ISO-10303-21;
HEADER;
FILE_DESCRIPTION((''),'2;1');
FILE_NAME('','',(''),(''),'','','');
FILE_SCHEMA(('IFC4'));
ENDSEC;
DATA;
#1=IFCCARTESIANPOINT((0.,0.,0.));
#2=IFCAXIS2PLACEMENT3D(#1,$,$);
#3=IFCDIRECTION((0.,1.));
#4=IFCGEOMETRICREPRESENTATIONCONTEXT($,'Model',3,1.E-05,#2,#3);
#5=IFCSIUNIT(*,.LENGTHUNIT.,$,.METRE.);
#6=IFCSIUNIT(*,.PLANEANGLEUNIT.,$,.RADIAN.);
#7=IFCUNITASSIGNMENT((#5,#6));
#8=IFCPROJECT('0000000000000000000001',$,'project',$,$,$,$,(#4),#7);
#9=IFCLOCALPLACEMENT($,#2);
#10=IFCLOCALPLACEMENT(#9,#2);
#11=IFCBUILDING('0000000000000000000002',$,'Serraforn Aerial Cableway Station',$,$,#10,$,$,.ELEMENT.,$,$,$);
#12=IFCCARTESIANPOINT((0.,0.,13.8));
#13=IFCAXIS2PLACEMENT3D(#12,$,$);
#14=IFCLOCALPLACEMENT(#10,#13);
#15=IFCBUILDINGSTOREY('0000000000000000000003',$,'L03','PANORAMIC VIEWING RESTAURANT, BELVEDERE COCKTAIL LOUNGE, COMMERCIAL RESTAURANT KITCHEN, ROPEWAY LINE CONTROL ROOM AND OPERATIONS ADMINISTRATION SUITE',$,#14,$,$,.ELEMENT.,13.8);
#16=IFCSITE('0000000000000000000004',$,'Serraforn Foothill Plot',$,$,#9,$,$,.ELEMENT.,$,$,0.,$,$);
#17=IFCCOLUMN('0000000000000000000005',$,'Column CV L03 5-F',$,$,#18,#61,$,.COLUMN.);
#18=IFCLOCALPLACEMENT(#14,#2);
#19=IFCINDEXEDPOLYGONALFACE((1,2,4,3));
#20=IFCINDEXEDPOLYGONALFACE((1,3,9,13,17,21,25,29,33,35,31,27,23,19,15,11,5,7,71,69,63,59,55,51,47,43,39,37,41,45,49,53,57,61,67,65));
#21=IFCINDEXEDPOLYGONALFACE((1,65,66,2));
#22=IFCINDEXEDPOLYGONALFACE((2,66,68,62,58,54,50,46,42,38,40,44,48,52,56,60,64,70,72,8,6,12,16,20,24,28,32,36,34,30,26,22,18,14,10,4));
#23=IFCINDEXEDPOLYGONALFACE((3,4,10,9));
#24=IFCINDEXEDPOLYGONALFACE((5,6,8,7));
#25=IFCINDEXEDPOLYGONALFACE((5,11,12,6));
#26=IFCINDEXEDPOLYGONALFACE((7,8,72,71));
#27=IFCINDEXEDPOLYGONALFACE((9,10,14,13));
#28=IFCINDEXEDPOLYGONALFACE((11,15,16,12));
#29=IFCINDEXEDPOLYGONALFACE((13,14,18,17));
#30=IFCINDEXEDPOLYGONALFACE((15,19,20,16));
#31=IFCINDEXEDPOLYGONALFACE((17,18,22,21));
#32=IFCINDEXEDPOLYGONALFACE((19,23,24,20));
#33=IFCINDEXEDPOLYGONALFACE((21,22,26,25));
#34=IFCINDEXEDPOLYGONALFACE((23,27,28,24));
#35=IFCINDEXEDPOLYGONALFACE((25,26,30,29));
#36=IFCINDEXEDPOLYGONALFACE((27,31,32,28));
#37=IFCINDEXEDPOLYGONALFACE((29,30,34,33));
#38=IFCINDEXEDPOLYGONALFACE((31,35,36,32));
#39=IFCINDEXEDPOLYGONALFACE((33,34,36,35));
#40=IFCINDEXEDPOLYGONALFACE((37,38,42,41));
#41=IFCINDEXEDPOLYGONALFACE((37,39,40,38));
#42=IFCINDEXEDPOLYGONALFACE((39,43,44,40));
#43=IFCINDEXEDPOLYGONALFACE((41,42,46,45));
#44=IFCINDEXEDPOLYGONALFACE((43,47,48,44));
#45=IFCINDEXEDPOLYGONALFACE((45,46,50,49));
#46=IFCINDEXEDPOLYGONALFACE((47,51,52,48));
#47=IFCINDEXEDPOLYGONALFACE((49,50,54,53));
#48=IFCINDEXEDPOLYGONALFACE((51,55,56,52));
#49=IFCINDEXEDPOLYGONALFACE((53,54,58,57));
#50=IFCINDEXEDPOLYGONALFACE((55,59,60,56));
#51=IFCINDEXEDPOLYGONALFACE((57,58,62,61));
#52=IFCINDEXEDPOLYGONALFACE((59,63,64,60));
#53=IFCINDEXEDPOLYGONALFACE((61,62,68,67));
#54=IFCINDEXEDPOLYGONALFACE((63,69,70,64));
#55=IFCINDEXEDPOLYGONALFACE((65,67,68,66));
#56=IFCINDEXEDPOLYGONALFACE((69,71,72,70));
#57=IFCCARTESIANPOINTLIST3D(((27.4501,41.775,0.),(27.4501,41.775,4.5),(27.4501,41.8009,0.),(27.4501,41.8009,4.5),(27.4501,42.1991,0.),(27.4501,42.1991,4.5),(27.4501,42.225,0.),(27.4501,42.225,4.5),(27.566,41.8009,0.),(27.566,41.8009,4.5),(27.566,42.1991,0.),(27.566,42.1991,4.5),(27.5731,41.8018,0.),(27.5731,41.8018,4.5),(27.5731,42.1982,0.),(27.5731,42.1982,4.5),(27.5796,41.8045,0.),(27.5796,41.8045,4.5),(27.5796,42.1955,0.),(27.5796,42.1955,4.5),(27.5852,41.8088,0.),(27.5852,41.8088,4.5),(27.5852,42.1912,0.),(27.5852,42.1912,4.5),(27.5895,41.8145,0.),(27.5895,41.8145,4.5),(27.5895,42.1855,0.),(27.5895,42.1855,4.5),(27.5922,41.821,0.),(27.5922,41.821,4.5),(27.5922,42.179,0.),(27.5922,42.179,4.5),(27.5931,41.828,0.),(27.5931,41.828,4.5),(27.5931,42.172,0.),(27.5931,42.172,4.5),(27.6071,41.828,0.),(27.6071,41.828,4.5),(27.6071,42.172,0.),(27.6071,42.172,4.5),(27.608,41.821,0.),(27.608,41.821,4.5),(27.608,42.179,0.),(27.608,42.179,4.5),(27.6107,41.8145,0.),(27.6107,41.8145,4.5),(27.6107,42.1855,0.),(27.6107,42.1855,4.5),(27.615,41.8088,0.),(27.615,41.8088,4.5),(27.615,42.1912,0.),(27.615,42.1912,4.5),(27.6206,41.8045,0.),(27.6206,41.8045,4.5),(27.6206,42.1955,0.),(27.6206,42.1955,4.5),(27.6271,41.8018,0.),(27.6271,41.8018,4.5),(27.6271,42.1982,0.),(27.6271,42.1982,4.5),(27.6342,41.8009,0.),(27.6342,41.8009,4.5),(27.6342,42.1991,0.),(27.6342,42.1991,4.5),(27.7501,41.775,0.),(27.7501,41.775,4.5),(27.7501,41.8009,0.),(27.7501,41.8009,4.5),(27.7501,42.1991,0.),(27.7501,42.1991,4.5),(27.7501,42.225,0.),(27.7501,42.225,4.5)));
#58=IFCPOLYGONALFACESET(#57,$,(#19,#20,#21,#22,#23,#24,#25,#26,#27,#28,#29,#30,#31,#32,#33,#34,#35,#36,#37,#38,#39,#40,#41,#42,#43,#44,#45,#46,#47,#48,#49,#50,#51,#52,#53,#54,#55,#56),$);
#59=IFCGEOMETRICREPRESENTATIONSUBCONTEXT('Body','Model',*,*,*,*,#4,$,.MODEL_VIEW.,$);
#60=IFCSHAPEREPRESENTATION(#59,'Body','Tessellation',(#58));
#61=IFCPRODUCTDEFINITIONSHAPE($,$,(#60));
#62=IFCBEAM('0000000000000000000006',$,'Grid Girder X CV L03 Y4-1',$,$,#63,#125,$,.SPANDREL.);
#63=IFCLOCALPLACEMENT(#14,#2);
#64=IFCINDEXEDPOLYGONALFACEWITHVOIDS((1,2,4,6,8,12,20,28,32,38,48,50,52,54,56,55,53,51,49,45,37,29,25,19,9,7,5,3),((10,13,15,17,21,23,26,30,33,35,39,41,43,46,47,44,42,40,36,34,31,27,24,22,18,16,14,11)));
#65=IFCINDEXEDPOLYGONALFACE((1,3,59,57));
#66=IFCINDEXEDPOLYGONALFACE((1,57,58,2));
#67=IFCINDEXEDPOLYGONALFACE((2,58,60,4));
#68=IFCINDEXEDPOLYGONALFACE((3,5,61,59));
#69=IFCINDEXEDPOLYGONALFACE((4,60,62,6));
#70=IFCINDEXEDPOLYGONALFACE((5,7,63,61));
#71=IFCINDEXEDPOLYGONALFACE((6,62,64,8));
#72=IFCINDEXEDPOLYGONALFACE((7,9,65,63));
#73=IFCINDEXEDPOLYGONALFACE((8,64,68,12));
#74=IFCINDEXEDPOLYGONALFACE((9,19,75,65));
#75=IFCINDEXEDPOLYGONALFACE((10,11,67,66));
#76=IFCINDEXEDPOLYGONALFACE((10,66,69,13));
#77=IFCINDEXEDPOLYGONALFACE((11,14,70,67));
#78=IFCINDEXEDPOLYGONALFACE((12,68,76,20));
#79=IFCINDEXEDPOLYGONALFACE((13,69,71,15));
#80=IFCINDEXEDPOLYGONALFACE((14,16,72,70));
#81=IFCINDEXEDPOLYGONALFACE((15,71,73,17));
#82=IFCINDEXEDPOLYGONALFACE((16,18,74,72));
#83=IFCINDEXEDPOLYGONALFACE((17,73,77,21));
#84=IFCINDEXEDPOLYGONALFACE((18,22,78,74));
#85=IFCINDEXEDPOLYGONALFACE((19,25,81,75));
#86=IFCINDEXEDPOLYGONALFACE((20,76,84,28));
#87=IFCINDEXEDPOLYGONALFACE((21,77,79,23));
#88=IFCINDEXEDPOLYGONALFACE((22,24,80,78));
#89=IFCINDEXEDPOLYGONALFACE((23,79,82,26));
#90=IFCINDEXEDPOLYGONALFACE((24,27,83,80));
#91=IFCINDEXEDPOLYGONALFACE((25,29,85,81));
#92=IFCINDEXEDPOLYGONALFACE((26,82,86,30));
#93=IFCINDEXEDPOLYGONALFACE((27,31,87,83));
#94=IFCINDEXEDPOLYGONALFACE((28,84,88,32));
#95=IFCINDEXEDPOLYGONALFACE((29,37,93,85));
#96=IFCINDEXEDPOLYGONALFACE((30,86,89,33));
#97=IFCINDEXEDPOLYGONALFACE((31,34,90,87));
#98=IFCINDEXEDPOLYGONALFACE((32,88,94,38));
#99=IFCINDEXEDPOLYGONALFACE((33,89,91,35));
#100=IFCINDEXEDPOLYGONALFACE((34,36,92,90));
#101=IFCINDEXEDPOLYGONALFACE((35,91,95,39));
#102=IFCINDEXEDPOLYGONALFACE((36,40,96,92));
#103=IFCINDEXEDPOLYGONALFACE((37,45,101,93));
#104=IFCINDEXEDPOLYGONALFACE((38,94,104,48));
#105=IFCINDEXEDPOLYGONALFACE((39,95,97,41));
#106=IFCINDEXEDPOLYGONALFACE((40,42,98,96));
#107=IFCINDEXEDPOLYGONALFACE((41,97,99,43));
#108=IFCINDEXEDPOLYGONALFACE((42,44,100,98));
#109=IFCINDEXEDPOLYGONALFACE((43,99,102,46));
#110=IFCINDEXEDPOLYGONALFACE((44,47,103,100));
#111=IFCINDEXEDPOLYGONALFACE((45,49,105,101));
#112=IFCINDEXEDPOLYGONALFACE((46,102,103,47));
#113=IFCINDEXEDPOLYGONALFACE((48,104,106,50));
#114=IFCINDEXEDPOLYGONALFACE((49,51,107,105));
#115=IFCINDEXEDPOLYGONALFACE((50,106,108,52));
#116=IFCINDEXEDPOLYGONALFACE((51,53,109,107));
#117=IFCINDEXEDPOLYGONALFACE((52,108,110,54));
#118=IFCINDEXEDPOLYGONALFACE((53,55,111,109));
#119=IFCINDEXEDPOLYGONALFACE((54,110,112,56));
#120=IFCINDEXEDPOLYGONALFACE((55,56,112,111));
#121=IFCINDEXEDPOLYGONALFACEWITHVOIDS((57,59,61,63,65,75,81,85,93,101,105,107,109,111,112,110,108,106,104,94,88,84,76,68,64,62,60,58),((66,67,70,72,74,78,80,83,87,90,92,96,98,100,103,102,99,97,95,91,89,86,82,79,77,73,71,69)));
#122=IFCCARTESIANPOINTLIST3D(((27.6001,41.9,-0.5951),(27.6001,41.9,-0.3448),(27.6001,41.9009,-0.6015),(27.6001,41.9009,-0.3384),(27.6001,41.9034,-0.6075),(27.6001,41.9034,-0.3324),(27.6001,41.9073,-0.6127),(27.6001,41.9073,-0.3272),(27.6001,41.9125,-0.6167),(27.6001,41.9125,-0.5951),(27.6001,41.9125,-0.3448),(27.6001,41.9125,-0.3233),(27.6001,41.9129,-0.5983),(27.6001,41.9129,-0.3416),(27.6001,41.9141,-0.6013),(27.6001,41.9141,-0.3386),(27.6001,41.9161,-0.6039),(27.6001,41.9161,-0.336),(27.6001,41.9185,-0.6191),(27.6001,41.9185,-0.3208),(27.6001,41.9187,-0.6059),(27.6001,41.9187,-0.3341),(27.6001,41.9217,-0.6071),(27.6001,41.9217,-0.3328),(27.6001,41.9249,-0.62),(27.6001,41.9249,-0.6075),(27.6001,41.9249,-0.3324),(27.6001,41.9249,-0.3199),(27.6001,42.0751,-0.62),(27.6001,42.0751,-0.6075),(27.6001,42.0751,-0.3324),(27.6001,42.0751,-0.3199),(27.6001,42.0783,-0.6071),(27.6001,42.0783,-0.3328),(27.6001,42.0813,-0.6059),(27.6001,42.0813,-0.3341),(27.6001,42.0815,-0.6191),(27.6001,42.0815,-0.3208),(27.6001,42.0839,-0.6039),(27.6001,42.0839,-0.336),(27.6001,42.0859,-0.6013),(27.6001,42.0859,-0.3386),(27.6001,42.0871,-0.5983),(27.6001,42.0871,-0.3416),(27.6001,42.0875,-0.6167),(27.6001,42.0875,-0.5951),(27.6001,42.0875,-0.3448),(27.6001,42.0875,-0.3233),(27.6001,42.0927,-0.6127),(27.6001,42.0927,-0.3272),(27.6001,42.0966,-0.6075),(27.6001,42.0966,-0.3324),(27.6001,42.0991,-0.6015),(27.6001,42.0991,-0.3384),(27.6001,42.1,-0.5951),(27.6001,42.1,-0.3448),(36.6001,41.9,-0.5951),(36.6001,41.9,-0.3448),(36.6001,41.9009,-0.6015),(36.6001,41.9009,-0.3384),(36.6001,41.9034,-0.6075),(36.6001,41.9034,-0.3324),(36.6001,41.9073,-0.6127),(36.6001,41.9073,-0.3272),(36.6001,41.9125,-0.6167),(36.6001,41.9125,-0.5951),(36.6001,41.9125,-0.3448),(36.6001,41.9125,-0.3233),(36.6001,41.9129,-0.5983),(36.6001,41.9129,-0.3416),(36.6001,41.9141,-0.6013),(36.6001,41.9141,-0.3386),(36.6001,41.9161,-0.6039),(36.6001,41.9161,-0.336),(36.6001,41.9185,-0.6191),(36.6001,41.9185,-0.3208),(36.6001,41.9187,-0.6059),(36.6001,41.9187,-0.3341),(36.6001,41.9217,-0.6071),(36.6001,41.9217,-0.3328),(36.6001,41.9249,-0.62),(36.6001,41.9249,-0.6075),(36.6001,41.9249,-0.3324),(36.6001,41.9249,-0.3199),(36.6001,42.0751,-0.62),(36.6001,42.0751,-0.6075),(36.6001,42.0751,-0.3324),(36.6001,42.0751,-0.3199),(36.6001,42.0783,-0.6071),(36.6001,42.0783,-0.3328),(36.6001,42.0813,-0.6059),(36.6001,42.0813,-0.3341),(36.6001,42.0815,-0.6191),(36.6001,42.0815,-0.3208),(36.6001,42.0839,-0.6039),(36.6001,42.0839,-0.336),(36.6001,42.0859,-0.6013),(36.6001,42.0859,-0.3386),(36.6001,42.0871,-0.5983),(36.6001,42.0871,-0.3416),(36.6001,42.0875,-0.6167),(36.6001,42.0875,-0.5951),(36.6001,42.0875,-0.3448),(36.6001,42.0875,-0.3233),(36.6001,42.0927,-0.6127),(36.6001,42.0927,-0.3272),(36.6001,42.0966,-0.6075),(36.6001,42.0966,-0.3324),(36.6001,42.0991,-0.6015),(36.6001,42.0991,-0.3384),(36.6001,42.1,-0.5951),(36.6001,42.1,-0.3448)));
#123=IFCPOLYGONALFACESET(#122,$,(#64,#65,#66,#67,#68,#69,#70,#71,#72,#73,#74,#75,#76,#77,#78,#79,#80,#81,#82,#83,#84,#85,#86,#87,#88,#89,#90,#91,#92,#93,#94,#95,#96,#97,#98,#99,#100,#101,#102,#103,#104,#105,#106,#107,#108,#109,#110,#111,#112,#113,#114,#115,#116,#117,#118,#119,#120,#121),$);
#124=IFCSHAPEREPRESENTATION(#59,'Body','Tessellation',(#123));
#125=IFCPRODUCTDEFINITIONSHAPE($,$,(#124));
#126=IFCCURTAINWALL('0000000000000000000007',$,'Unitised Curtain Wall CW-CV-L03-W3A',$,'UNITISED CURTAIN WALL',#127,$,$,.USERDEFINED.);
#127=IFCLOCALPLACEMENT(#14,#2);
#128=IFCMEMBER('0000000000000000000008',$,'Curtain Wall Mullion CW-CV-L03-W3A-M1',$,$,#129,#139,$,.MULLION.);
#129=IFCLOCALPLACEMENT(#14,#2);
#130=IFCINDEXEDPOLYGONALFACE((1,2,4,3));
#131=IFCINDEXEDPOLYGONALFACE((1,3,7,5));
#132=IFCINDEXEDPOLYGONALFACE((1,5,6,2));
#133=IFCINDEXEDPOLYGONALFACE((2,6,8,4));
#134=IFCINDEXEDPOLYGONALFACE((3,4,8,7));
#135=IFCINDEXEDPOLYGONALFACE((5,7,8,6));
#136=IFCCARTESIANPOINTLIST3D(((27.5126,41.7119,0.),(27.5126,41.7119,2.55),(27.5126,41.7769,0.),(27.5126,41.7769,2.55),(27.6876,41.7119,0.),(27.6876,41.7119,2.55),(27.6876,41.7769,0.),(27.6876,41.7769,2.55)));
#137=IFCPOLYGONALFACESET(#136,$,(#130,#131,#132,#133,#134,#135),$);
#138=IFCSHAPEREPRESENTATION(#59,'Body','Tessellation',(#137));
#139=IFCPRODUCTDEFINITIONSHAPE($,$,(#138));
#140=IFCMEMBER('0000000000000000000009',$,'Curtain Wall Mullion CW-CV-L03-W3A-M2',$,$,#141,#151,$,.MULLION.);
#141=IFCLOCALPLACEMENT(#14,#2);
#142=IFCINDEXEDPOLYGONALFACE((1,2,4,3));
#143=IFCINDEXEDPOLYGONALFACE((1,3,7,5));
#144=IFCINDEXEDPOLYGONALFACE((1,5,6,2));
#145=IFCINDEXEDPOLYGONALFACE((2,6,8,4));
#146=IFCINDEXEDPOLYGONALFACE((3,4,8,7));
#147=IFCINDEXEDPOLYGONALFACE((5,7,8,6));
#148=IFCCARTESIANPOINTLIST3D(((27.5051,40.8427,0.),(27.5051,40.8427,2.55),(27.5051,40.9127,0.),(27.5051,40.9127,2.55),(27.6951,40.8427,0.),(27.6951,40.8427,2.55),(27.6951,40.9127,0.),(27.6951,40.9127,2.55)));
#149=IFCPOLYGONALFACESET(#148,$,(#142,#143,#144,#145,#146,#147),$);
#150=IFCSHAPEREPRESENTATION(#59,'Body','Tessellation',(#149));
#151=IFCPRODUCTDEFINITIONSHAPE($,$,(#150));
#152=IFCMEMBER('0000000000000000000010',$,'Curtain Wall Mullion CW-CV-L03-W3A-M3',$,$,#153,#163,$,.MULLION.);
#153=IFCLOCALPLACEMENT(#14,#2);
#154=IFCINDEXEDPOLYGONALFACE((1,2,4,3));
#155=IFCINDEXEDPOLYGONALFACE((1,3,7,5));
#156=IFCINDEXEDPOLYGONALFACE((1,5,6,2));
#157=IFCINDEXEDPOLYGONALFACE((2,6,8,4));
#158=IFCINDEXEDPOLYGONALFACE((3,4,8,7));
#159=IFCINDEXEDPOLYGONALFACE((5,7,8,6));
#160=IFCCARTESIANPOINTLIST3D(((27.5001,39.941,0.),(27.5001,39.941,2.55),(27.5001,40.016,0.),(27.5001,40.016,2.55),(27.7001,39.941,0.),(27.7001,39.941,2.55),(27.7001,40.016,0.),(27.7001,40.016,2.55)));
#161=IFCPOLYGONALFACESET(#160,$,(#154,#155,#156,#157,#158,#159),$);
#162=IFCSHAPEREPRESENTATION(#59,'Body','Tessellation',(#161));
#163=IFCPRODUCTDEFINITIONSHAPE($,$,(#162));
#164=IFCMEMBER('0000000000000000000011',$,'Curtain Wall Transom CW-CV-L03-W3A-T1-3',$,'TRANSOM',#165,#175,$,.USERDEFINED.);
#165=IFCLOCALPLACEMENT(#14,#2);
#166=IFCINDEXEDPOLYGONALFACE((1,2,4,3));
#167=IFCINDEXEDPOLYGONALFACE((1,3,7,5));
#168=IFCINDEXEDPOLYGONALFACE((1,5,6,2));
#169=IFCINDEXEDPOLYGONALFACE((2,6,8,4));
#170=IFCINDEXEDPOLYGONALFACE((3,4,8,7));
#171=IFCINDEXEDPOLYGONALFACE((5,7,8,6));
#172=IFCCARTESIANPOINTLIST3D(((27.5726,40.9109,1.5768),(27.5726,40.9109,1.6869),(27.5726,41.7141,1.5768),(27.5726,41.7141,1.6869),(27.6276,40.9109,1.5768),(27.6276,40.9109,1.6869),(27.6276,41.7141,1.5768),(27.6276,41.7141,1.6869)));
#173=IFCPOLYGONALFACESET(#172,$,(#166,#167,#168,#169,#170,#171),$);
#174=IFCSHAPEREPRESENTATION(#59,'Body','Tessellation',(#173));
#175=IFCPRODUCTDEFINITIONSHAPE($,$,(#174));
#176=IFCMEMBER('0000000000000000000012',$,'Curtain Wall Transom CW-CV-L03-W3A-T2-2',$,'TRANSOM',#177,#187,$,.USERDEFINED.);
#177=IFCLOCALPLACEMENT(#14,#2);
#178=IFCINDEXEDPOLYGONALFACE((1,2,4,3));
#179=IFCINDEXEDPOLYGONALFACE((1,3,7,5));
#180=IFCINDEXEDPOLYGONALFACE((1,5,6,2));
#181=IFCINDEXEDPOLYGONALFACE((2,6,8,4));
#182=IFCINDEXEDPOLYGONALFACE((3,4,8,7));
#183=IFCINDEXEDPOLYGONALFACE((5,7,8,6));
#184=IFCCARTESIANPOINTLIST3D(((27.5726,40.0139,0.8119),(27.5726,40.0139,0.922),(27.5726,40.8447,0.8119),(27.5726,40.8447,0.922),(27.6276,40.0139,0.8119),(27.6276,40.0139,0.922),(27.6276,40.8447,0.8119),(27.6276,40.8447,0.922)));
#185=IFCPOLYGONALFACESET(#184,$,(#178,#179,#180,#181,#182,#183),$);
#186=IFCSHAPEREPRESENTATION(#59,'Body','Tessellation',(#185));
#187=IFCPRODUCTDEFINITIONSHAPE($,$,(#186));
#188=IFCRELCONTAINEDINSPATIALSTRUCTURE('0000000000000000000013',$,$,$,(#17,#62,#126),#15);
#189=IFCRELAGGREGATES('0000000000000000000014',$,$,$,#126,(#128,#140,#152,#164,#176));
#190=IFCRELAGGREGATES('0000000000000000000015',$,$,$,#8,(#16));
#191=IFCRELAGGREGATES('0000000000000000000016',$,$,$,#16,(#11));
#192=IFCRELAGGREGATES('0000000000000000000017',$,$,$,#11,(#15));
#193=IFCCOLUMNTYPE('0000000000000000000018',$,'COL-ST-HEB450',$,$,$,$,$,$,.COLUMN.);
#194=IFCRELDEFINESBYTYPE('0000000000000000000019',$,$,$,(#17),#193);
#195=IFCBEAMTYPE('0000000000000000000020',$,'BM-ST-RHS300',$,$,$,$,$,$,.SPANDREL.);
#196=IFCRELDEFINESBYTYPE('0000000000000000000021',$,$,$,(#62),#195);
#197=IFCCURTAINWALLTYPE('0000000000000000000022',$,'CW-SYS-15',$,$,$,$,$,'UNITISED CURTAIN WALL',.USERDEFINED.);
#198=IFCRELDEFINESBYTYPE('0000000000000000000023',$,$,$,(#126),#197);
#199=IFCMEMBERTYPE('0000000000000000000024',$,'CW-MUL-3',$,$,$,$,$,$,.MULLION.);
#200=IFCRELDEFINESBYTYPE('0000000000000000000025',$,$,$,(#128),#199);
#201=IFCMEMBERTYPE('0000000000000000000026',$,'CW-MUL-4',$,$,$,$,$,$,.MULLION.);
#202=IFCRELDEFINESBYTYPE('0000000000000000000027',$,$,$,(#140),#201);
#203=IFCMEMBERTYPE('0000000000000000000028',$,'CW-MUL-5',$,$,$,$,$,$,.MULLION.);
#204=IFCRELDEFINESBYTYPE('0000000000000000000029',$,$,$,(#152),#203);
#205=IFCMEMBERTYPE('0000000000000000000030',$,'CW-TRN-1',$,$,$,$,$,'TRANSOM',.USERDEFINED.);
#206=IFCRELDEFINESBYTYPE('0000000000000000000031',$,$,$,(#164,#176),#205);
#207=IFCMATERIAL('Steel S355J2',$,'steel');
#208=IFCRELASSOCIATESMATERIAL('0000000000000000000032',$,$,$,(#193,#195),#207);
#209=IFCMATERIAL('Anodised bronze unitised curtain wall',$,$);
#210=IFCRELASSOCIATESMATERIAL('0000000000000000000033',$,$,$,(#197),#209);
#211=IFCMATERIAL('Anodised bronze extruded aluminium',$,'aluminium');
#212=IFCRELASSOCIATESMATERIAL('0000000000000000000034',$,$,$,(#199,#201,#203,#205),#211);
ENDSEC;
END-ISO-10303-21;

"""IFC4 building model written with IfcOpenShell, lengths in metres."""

from ifc_helpers import new_model, si_unit, direction, frame, origin, origin_2d, place, context, subcontext, project, spatial, rectangle, hollow_rectangle, i_section, extrude, material, material_profile, profile_set, type_object, element, aggregate, save


model = new_model("IFC4")

# Units and contexts
model_context = context("Model", 3, precision=1e-05, world=origin(), true_north=direction((0.0, 1.0)))
body_context = subcontext(model_context, "Body", "Model", "MODEL_VIEW")
ifc_project = project(units=[si_unit("LENGTHUNIT", "METRE"), si_unit("PLANEANGLEUNIT", "RADIAN")], contexts=[model_context])

# Site, building, storey
site_placement = place(None, origin())
site = spatial("IfcSite", under=ifc_project, at=site_placement, Name="Serraforn Foothill Plot", CompositionType="ELEMENT", RefElevation=0.0)
building_placement = place(site_placement, origin())
building = spatial("IfcBuilding", under=site, at=building_placement, Name="Serraforn Aerial Cableway Station", CompositionType="ELEMENT")
storey_placement = place(building_placement, frame((0.0, 0.0, 13.8)))
storey = spatial("IfcBuildingStorey", under=building, at=storey_placement, Name="L03", Description="PANORAMIC VIEWING RESTAURANT, BELVEDERE COCKTAIL LOUNGE, COMMERCIAL RESTAURANT KITCHEN, ROPEWAY LINE CONTROL ROOM AND OPERATIONS ADMINISTRATION SUITE", CompositionType="ELEMENT", Elevation=13.8)

# Column
ifc_material_1 = material(Name="Steel S355J2", Category="steel")
ifc_material_profile_1 = material_profile(ifc_material_1, i_section(OverallWidth=0.3, OverallDepth=0.45, WebThickness=0.0139, FlangeThickness=0.0259, FilletRadius=0.0271, at=origin_2d()), Name="HEB 450")
ifc_profile_set_1 = profile_set([ifc_material_profile_1], Name="Steel S355J2")
column_type = type_object("IfcColumnType", Name="COL-ST-HEB450", PredefinedType="COLUMN", material=ifc_profile_set_1)
column_placement = place(storey_placement, frame((27.6001, 42.0, 0.0), z_axis=(0.0, 0.0, 1.0), x_axis=(1.0, 0.0, 0.0)))
element("IfcColumn", 1, at=column_placement, inside=storey, type_object=column_type, Name="Column CV L03 5-F", PredefinedType="COLUMN", context=body_context, shape_type="SweptSolid", body=[
    extrude(i_section(OverallWidth=0.3, OverallDepth=0.45, WebThickness=0.0139, FlangeThickness=0.0259, FilletRadius=0.0271, at=origin_2d()), origin(), (0.0, 0.0, 1.0), 4.5),
])

# Beam
ifc_material_profile_2 = material_profile(ifc_material_1, hollow_rectangle(XDim=0.2, YDim=0.3, WallThickness=0.0125, InnerFilletRadius=0.0125, OuterFilletRadius=0.0249, at=origin_2d()), Name="RHS 300x200x12.5")
ifc_profile_set_2 = profile_set([ifc_material_profile_2], Name="Steel S355J2")
beam_type = type_object("IfcBeamType", Name="BM-ST-RHS300", PredefinedType="SPANDREL", material=ifc_profile_set_2)
beam_placement = place(storey_placement, frame((27.6001, 42.0, -0.47), z_axis=(1.0, 0.0, 0.0), x_axis=(0.0, 1.0, 0.0)))
element("IfcBeam", 2, at=beam_placement, inside=storey, type_object=beam_type, Name="Grid Girder X CV L03 Y4-1", PredefinedType="SPANDREL", context=body_context, shape_type="SweptSolid", body=[
    extrude(hollow_rectangle(XDim=0.2, YDim=0.3, WallThickness=0.0125, InnerFilletRadius=0.0125, OuterFilletRadius=0.0249, at=origin_2d()), origin(), (0.0, 0.0, 1.0), 9.0),
])

# Curtain wall, members
ifc_material_2 = material(Name="Anodised bronze unitised curtain wall")
curtain_wall_type = type_object("IfcCurtainWallType", Name="CW-SYS-15", ElementType="UNITISED CURTAIN WALL", PredefinedType="USERDEFINED", material=ifc_material_2)
curtain_wall_placement = place(storey_placement, origin())
curtain_wall = element("IfcCurtainWall", 3, at=curtain_wall_placement, inside=storey, type_object=curtain_wall_type, Name="Unitised Curtain Wall CW-CV-L03-W3A", ObjectType="UNITISED CURTAIN WALL", PredefinedType="USERDEFINED")
ifc_material_3 = material(Name="Anodised bronze extruded aluminium", Category="aluminium")
ifc_material_profile_3 = material_profile(ifc_material_3, rectangle(XDim=0.0649, YDim=0.175, at=origin_2d()), Name="CW MULLION 65x175")
ifc_profile_set_3 = profile_set([ifc_material_profile_3], Name="Anodised bronze extruded aluminium")
member_type_1 = type_object("IfcMemberType", Name="CW-MUL-3", PredefinedType="MULLION", material=ifc_profile_set_3)
member_1_placement = place(storey_placement, frame((27.6001, 41.7444, 0.0), z_axis=(0.0, 0.0, 1.0), x_axis=(0.0, -1.0, 0.0)))
member_1 = element("IfcMember", 4, at=member_1_placement, type_object=member_type_1, Name="Curtain Wall Mullion CW-CV-L03-W3A-M1", PredefinedType="MULLION", context=body_context, shape_type="SweptSolid", body=[
    extrude(rectangle(XDim=0.0649, YDim=0.175, at=origin_2d()), origin(), (0.0, 0.0, 1.0), 2.55),
])
ifc_material_profile_4 = material_profile(ifc_material_3, rectangle(XDim=0.0701, YDim=0.1899, at=origin_2d()), Name="CW MULLION 70x190")
ifc_profile_set_4 = profile_set([ifc_material_profile_4], Name="Anodised bronze extruded aluminium")
member_type_2 = type_object("IfcMemberType", Name="CW-MUL-4", PredefinedType="MULLION", material=ifc_profile_set_4)
member_2_placement = place(storey_placement, frame((27.6001, 40.8777, 0.0), z_axis=(0.0, 0.0, 1.0), x_axis=(0.0, -1.0, 0.0)))
member_2 = element("IfcMember", 5, at=member_2_placement, type_object=member_type_2, Name="Curtain Wall Mullion CW-CV-L03-W3A-M2", PredefinedType="MULLION", context=body_context, shape_type="SweptSolid", body=[
    extrude(rectangle(XDim=0.0701, YDim=0.1899, at=origin_2d()), origin(), (0.0, 0.0, 1.0), 2.55),
])
ifc_material_profile_5 = material_profile(ifc_material_3, rectangle(XDim=0.075, YDim=0.2, at=origin_2d()), Name="CW MULLION 75x200")
ifc_profile_set_5 = profile_set([ifc_material_profile_5], Name="Anodised bronze extruded aluminium")
member_type_3 = type_object("IfcMemberType", Name="CW-MUL-5", PredefinedType="MULLION", material=ifc_profile_set_5)
member_3_placement = place(storey_placement, frame((27.6001, 39.9785, 0.0), z_axis=(0.0, 0.0, 1.0), x_axis=(0.0, -1.0, 0.0)))
member_3 = element("IfcMember", 6, at=member_3_placement, type_object=member_type_3, Name="Curtain Wall Mullion CW-CV-L03-W3A-M3", PredefinedType="MULLION", context=body_context, shape_type="SweptSolid", body=[
    extrude(rectangle(XDim=0.075, YDim=0.2, at=origin_2d()), origin(), (0.0, 0.0, 1.0), 2.55),
])
ifc_material_profile_6 = material_profile(ifc_material_3, rectangle(XDim=0.0549, YDim=0.1101, at=origin_2d()), Name="CW TRANSOM 55x110")
ifc_profile_set_6 = profile_set([ifc_material_profile_6], Name="Anodised bronze extruded aluminium")
member_type_4 = type_object("IfcMemberType", Name="CW-TRN-1", ElementType="TRANSOM", PredefinedType="USERDEFINED", material=ifc_profile_set_6)
member_4_placement = place(storey_placement, frame((27.6001, 41.7141, 1.6318), z_axis=(0.0, -1.0, 0.0), x_axis=(1.0, 0.0, 0.0)))
member_4 = element("IfcMember", 7, at=member_4_placement, type_object=member_type_4, Name="Curtain Wall Transom CW-CV-L03-W3A-T1-3", ObjectType="TRANSOM", PredefinedType="USERDEFINED", context=body_context, shape_type="SweptSolid", body=[
    extrude(rectangle(XDim=0.0549, YDim=0.1101, at=origin_2d()), origin(), (0.0, 0.0, 1.0), 0.8032),
])
member_5_placement = place(storey_placement, frame((27.6001, 40.8447, 0.8669), z_axis=(0.0, -1.0, 0.0), x_axis=(1.0, 0.0, 0.0)))
member_5 = element("IfcMember", 8, at=member_5_placement, type_object=member_type_4, Name="Curtain Wall Transom CW-CV-L03-W3A-T2-2", ObjectType="TRANSOM", PredefinedType="USERDEFINED", context=body_context, shape_type="SweptSolid", body=[
    extrude(rectangle(XDim=0.0549, YDim=0.1101, at=origin_2d()), origin(), (0.0, 0.0, 1.0), 0.8308),
])
aggregate(curtain_wall, [member_1, member_2, member_3, member_4, member_5])

save(model, "model.ifc")
